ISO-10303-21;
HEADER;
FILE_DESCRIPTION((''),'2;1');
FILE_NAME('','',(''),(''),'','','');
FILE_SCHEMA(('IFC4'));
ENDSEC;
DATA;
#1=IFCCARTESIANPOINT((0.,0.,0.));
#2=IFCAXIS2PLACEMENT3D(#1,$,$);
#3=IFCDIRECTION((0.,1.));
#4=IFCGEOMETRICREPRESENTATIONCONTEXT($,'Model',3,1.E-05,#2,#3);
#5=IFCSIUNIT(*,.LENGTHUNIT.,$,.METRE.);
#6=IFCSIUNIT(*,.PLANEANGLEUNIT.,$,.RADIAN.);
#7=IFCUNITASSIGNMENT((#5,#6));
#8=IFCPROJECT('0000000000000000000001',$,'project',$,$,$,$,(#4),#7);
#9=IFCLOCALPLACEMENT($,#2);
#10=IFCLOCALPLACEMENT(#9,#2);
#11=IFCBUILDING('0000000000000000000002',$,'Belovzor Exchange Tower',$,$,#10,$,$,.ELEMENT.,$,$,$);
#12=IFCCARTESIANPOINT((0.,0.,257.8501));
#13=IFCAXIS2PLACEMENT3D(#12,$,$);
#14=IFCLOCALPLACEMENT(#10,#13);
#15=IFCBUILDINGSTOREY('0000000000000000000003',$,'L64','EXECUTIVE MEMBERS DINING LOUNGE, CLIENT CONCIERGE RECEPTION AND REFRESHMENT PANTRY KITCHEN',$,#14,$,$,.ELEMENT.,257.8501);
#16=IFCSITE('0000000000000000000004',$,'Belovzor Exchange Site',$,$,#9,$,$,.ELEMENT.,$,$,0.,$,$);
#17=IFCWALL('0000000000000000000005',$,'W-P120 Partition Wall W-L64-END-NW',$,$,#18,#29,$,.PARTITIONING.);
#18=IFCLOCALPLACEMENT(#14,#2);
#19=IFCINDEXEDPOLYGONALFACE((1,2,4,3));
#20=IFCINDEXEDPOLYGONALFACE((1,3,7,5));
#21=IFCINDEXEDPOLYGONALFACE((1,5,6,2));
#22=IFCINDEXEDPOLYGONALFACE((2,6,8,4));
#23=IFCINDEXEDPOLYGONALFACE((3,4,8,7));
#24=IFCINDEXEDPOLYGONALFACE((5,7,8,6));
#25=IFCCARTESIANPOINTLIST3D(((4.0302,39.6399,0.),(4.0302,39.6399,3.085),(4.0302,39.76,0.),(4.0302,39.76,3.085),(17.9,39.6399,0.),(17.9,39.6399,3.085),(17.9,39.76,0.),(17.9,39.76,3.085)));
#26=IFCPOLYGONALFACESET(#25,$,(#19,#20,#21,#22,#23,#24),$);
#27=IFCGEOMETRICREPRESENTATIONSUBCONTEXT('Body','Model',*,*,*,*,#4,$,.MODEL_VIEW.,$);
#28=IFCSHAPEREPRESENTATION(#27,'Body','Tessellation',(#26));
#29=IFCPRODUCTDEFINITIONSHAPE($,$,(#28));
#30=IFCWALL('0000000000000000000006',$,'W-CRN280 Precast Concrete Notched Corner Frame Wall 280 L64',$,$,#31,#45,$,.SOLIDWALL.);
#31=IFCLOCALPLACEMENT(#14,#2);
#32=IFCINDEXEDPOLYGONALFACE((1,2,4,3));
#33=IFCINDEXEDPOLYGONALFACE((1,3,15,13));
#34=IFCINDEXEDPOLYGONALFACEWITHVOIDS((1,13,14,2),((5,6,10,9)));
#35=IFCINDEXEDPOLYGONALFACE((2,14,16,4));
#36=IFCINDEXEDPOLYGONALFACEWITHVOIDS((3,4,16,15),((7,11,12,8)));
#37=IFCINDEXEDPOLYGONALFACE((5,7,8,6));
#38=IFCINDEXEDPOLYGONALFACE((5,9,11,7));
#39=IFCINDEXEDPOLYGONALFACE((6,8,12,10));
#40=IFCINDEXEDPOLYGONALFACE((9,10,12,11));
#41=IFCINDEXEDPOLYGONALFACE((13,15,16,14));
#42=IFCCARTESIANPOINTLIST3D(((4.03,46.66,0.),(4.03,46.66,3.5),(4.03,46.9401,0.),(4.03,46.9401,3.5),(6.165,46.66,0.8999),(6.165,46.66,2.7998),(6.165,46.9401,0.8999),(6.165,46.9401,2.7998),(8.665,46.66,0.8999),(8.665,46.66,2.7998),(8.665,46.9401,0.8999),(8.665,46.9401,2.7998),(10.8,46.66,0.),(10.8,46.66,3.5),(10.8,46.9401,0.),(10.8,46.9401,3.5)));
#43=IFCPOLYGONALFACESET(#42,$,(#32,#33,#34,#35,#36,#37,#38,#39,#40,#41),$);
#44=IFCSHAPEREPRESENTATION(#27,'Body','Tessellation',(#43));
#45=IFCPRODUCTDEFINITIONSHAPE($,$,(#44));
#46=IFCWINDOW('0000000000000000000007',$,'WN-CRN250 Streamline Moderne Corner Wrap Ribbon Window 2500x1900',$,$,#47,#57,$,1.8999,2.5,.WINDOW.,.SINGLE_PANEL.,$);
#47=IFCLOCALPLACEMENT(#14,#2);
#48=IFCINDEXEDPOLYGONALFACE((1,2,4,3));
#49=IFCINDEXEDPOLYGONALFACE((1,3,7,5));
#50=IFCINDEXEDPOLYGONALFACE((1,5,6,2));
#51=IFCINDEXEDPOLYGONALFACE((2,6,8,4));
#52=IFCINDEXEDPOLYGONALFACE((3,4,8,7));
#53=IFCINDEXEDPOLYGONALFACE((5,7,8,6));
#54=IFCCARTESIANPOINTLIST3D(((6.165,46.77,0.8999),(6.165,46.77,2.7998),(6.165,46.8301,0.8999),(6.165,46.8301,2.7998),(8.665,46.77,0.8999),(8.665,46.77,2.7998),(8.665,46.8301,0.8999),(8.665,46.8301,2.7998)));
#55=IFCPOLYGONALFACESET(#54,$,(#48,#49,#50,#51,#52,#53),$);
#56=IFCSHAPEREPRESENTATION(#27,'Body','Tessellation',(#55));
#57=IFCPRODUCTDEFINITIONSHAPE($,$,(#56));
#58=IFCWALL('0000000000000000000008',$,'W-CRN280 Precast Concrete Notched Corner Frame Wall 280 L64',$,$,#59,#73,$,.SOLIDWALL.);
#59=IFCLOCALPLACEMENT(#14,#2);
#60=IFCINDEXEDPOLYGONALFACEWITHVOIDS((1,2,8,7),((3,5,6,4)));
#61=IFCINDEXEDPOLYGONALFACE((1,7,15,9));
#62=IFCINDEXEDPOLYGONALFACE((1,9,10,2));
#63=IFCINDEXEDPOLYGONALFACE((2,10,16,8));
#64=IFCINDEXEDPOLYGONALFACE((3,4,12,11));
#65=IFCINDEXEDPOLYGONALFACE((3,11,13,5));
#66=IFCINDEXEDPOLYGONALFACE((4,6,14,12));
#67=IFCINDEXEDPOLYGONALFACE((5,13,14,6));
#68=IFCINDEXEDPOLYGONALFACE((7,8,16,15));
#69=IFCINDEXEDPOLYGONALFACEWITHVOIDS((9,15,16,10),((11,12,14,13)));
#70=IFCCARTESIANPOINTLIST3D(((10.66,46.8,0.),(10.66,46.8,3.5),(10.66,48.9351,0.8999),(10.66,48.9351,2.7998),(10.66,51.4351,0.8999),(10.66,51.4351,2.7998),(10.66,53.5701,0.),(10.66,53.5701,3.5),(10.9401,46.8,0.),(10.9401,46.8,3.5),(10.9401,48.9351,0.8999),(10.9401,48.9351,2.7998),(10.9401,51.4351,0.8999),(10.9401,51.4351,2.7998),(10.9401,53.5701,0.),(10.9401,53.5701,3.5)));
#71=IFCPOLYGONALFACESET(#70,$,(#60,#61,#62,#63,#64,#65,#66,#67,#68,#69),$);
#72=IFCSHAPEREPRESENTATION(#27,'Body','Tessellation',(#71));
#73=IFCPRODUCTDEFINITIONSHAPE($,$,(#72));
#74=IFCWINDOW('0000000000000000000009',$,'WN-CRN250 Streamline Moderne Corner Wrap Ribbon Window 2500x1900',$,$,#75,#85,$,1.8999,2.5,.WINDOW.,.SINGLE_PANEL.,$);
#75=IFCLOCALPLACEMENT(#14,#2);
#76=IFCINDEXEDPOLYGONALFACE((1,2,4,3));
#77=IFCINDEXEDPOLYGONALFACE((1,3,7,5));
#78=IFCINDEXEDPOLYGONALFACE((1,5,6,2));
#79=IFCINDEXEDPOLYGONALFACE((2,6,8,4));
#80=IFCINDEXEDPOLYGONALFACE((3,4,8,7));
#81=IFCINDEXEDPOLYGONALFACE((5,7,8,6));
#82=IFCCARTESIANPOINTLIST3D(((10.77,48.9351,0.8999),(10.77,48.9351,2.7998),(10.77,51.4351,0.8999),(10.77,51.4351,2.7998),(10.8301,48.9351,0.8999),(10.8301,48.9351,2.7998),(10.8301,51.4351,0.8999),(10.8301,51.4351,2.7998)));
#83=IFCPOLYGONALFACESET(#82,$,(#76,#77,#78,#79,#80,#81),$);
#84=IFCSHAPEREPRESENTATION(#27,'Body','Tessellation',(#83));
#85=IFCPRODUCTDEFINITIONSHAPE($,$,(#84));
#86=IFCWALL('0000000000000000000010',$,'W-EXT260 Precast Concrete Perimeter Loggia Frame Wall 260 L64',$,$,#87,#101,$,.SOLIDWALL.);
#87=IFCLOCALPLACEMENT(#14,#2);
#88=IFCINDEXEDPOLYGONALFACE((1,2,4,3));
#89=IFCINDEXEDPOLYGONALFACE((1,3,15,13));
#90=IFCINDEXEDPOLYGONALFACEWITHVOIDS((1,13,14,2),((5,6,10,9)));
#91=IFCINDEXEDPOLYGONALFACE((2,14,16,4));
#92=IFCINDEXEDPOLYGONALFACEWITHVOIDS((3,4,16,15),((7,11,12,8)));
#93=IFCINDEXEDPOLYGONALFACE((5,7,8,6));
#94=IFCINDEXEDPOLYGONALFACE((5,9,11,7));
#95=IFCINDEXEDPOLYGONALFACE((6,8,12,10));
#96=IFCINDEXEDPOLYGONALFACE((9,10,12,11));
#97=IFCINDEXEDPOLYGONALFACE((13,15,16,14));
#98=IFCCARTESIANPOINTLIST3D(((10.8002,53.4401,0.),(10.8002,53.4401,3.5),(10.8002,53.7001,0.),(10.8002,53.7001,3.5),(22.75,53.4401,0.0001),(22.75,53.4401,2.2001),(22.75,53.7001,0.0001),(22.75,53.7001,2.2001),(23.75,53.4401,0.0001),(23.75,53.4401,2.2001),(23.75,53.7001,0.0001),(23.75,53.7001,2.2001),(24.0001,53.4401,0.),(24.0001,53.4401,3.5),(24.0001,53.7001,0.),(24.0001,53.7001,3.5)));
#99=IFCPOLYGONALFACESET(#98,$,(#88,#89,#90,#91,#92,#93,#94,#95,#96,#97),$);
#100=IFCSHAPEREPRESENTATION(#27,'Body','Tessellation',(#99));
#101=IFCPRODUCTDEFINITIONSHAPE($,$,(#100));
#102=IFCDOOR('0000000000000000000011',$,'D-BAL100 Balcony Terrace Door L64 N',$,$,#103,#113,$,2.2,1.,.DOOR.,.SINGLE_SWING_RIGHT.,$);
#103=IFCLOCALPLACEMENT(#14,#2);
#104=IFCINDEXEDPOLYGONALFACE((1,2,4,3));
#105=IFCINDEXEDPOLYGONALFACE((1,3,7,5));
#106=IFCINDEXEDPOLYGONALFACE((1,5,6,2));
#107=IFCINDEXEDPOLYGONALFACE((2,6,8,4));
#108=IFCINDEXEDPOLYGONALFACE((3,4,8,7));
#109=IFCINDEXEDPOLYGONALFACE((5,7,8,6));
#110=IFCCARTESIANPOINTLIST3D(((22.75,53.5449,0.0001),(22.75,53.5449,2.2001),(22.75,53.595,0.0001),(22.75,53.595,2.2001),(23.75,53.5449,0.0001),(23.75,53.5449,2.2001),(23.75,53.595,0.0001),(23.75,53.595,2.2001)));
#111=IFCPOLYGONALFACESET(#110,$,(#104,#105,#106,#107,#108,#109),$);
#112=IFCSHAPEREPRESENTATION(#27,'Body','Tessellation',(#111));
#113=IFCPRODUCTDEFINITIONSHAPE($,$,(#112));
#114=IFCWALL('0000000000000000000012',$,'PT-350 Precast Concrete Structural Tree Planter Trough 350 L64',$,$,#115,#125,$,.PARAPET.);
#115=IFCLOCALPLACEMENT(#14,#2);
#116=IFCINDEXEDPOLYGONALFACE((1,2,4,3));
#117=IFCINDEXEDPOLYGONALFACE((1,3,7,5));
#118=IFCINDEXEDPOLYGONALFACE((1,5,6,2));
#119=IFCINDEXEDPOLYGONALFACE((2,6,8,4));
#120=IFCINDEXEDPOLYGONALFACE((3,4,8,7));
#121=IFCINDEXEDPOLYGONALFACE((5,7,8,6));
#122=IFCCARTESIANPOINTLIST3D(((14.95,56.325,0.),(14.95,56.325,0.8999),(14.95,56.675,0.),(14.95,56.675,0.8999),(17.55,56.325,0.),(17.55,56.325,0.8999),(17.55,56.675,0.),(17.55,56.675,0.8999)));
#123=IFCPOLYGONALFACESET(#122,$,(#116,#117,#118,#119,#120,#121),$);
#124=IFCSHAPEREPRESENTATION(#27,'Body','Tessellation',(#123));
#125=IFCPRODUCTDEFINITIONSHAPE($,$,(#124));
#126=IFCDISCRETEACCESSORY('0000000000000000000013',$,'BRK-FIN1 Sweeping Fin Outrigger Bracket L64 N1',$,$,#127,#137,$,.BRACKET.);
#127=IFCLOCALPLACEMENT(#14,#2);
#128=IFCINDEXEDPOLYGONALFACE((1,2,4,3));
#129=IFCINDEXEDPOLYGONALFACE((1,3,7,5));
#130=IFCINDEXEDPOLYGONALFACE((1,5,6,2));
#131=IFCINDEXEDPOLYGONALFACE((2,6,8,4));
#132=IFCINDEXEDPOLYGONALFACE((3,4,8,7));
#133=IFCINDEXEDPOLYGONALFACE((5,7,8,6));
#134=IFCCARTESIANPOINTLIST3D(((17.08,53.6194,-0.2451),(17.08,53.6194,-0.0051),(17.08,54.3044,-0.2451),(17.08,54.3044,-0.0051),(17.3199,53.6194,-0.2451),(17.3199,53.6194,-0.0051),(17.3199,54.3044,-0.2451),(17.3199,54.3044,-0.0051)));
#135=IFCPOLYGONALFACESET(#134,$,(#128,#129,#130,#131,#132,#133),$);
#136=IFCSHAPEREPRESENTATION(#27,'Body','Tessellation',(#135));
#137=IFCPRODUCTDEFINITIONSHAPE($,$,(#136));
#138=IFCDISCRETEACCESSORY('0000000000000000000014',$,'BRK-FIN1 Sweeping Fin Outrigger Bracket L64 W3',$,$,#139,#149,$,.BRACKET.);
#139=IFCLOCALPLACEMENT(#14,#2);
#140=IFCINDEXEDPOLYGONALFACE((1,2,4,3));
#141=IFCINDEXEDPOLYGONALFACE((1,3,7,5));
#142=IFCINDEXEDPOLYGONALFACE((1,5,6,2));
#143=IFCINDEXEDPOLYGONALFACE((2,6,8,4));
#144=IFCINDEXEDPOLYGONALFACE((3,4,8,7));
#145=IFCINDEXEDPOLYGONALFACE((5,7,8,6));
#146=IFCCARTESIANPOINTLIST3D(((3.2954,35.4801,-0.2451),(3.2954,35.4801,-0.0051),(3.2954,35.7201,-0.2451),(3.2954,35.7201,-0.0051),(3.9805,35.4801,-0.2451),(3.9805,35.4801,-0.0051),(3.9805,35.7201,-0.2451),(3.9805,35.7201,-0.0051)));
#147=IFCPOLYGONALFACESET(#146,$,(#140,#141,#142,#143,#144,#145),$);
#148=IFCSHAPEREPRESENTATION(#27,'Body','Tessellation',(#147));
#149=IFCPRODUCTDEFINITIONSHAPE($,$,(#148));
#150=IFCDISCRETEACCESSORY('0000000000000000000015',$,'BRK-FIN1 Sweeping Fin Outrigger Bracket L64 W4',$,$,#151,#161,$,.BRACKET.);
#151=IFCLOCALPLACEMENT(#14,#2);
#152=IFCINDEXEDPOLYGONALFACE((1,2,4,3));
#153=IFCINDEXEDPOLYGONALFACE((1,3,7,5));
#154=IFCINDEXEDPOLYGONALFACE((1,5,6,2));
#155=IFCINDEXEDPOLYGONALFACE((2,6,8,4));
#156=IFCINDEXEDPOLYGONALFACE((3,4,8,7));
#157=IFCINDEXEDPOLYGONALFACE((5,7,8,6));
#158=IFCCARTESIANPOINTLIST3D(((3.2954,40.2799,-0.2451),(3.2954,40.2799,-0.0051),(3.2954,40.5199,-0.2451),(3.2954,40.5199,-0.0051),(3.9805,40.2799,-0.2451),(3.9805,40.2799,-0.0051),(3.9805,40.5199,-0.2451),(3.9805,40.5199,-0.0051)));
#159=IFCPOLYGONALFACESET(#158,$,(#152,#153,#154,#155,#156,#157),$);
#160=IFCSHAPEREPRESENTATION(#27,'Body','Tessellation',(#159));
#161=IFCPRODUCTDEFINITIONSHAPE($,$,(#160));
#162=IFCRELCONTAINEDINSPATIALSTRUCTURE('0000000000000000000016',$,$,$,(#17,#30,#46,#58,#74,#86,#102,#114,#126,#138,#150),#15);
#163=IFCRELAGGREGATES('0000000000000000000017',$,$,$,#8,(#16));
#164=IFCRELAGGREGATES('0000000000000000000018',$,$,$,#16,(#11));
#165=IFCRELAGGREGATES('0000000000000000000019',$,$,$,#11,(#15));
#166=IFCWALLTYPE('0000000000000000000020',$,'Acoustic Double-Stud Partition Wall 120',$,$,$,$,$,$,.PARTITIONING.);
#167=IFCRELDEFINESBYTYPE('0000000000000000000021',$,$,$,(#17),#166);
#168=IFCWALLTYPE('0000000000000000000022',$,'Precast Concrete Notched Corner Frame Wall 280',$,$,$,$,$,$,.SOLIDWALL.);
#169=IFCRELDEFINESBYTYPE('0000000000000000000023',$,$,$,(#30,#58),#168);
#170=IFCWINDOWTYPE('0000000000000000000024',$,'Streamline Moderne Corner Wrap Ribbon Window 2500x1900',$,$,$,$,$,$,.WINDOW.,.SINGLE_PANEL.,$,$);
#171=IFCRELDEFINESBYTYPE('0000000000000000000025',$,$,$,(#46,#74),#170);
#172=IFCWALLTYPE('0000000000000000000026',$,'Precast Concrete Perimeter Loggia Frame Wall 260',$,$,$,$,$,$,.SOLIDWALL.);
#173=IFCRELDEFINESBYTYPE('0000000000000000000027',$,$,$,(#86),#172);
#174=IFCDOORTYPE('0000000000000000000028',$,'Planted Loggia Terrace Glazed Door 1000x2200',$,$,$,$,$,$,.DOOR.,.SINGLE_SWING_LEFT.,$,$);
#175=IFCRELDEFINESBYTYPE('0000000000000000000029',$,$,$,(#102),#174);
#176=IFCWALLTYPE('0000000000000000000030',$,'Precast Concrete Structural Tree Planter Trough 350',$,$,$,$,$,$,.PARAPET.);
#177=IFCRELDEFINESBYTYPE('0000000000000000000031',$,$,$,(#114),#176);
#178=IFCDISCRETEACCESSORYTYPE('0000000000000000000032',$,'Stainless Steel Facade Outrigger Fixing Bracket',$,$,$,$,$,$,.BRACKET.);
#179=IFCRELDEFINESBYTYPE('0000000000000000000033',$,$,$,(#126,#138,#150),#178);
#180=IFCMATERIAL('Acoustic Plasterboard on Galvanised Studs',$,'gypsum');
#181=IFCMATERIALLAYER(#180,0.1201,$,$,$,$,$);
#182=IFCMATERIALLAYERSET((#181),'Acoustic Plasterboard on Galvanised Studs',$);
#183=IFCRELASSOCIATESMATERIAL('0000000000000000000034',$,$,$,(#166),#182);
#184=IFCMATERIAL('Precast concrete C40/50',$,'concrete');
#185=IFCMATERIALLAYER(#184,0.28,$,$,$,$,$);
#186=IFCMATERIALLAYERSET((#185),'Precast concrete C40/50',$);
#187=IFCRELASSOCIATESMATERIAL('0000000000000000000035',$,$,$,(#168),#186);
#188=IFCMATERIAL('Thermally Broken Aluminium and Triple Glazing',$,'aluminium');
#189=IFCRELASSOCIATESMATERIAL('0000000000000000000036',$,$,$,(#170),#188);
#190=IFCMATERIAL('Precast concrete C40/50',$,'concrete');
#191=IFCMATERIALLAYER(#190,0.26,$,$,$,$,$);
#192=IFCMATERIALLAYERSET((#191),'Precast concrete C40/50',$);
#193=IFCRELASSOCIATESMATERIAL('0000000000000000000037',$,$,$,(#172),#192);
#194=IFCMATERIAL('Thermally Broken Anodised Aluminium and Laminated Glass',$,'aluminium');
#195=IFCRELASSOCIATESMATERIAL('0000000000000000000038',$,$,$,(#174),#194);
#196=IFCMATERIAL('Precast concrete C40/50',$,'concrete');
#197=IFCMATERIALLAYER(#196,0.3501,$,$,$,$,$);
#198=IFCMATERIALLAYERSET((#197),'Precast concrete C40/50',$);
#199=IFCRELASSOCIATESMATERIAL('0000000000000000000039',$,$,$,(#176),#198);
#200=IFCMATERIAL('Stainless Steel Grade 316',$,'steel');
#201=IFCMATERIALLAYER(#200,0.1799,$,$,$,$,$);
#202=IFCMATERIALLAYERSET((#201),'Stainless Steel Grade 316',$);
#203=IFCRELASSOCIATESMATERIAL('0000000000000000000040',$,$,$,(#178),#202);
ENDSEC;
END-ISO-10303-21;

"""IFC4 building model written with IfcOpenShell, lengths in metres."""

from ifc_helpers import new_model, si_unit, direction, frame, frame_2d, origin, origin_2d, place, context, subcontext, project, spatial, rectangle, extrude, material, layer, layer_set, type_object, element, fill, save


model = new_model("IFC4")

# Units and contexts
model_context = context("Model", 3, precision=1e-05, world=origin(), true_north=direction((0.0, 1.0)))
body_context = subcontext(model_context, "Body", "Model", "MODEL_VIEW")
ifc_project = project(units=[si_unit("LENGTHUNIT", "METRE"), si_unit("PLANEANGLEUNIT", "RADIAN")], contexts=[model_context])

# Site, building, storey
site_placement = place(None, origin())
site = spatial("IfcSite", under=ifc_project, at=site_placement, Name="Belovzor Exchange Site", CompositionType="ELEMENT", RefElevation=0.0)
building_placement = place(site_placement, origin())
building = spatial("IfcBuilding", under=site, at=building_placement, Name="Belovzor Exchange Tower", CompositionType="ELEMENT")
storey_placement = place(building_placement, frame((0.0, 0.0, 257.8501)))
storey = spatial("IfcBuildingStorey", under=building, at=storey_placement, Name="L64", Description="EXECUTIVE MEMBERS DINING LOUNGE, CLIENT CONCIERGE RECEPTION AND REFRESHMENT PANTRY KITCHEN", CompositionType="ELEMENT", Elevation=257.8501)

# Wall
ifc_material_1 = material(Name="Acoustic Plasterboard on Galvanised Studs", Category="gypsum")
ifc_layer_1 = layer(ifc_material_1, 0.1201)
ifc_layer_set_1 = layer_set([ifc_layer_1], Name="Acoustic Plasterboard on Galvanised Studs")
wall_type_1 = type_object("IfcWallType", Name="Acoustic Double-Stud Partition Wall 120", PredefinedType="PARTITIONING", material=ifc_layer_set_1)
wall_1_placement = place(storey_placement, frame((4.03, 39.7, 0.0), z_axis=(0.0, 0.0, 1.0), x_axis=(1.0, 0.0, 0.0)))
element("IfcWall", 1, at=wall_1_placement, inside=storey, type_object=wall_type_1, Name="W-P120 Partition Wall W-L64-END-NW", PredefinedType="PARTITIONING", context=body_context, shape_type="SweptSolid", body=[
    extrude(rectangle(XDim=13.8699, YDim=0.1201, at=frame_2d((6.9351, 0.0))), origin(), (0.0, 0.0, 1.0), 3.085),
])

# Walls, openings, windows
ifc_material_2 = material(Name="Precast concrete C40/50", Category="concrete")
ifc_layer_2 = layer(ifc_material_2, 0.28)
ifc_layer_set_2 = layer_set([ifc_layer_2], Name="Precast concrete C40/50")
wall_type_2 = type_object("IfcWallType", Name="Precast Concrete Notched Corner Frame Wall 280", PredefinedType="SOLIDWALL", material=ifc_layer_set_2)
wall_2_placement = place(storey_placement, frame((4.03, 46.8, 0.0), z_axis=(0.0, 0.0, 1.0), x_axis=(1.0, 0.0, 0.0)))
wall_2 = element("IfcWall", 2, at=wall_2_placement, inside=storey, type_object=wall_type_2, Name="W-CRN280 Precast Concrete Notched Corner Frame Wall 280 L64", PredefinedType="SOLIDWALL", context=body_context, shape_type="SweptSolid", body=[
    extrude(rectangle(XDim=6.77, YDim=0.28, at=frame_2d((3.385, 0.0))), origin(), (0.0, 0.0, 1.0), 3.5),
])
opening_1_placement = place(wall_2_placement, frame((2.135, 0.0, 0.8999)))
opening_1 = element("IfcOpeningElement", 3, at=opening_1_placement, cuts=wall_2, PredefinedType="OPENING", context=body_context, shape_type="SweptSolid", body=[
    extrude(rectangle(XDim=2.5, YDim=1.8999, at=frame_2d((1.25, 0.95))), frame((0.0, 0.1499, 0.0), z_axis=(0.0, -1.0, 0.0), x_axis=(1.0, 0.0, 0.0)), (0.0, 0.0, 1.0), 0.3),
])
ifc_material_3 = material(Name="Thermally Broken Aluminium and Triple Glazing", Category="aluminium")
window_type = type_object("IfcWindowType", Name="Streamline Moderne Corner Wrap Ribbon Window 2500x1900", PartitioningType="SINGLE_PANEL", PredefinedType="WINDOW", material=ifc_material_3)
window_1_placement = place(opening_1_placement, origin())
window_1 = element("IfcWindow", 4, at=window_1_placement, inside=storey, type_object=window_type, Name="WN-CRN250 Streamline Moderne Corner Wrap Ribbon Window 2500x1900", OverallHeight=1.8999, OverallWidth=2.5, PartitioningType="SINGLE_PANEL", PredefinedType="WINDOW", context=body_context, shape_type="SweptSolid", body=[
    extrude(rectangle(XDim=2.5, YDim=1.8999, at=frame_2d((1.25, 0.95))), frame((0.0, 0.03, 0.0), z_axis=(0.0, -1.0, 0.0), x_axis=(1.0, 0.0, 0.0)), (0.0, 0.0, 1.0), 0.0601),
])
fill(opening_1, window_1)
wall_3_placement = place(storey_placement, frame((10.8, 46.8, 0.0), z_axis=(0.0, 0.0, 1.0), x_axis=(0.0, 1.0, 0.0)))
wall_3 = element("IfcWall", 5, at=wall_3_placement, inside=storey, type_object=wall_type_2, Name="W-CRN280 Precast Concrete Notched Corner Frame Wall 280 L64", PredefinedType="SOLIDWALL", context=body_context, shape_type="SweptSolid", body=[
    extrude(rectangle(XDim=6.77, YDim=0.28, at=frame_2d((3.385, 0.0))), origin(), (0.0, 0.0, 1.0), 3.5),
])
opening_2_placement = place(wall_3_placement, frame((2.135, 0.0, 0.8999)))
opening_2 = element("IfcOpeningElement", 6, at=opening_2_placement, cuts=wall_3, PredefinedType="OPENING", context=body_context, shape_type="SweptSolid", body=[
    extrude(rectangle(XDim=2.5, YDim=1.8999, at=frame_2d((1.25, 0.95))), frame((0.0, 0.1499, 0.0), z_axis=(0.0, -1.0, 0.0), x_axis=(1.0, 0.0, 0.0)), (0.0, 0.0, 1.0), 0.3),
])
window_2_placement = place(opening_2_placement, origin())
window_2 = element("IfcWindow", 7, at=window_2_placement, inside=storey, type_object=window_type, Name="WN-CRN250 Streamline Moderne Corner Wrap Ribbon Window 2500x1900", OverallHeight=1.8999, OverallWidth=2.5, PartitioningType="SINGLE_PANEL", PredefinedType="WINDOW", context=body_context, shape_type="SweptSolid", body=[
    extrude(rectangle(XDim=2.5, YDim=1.8999, at=frame_2d((1.25, 0.95))), frame((0.0, 0.03, 0.0), z_axis=(0.0, -1.0, 0.0), x_axis=(1.0, 0.0, 0.0)), (0.0, 0.0, 1.0), 0.0601),
])
fill(opening_2, window_2)

# Wall, opening, door
ifc_material_4 = material(Name="Precast concrete C40/50", Category="concrete")
ifc_layer_3 = layer(ifc_material_4, 0.26)
ifc_layer_set_3 = layer_set([ifc_layer_3], Name="Precast concrete C40/50")
wall_type_3 = type_object("IfcWallType", Name="Precast Concrete Perimeter Loggia Frame Wall 260", PredefinedType="SOLIDWALL", material=ifc_layer_set_3)
wall_4_placement = place(storey_placement, frame((10.8, 53.5701, 0.0), z_axis=(0.0, 0.0, 1.0), x_axis=(1.0, 0.0, 0.0)))
wall_4 = element("IfcWall", 8, at=wall_4_placement, inside=storey, type_object=wall_type_3, Name="W-EXT260 Precast Concrete Perimeter Loggia Frame Wall 260 L64", PredefinedType="SOLIDWALL", context=body_context, shape_type="SweptSolid", body=[
    extrude(rectangle(XDim=13.2, YDim=0.26, at=frame_2d((6.6001, 0.0))), origin(), (0.0, 0.0, 1.0), 3.5),
])
opening_3_placement = place(wall_4_placement, frame((11.95, 0.0, 0.0)))
opening_3 = element("IfcOpeningElement", 9, at=opening_3_placement, cuts=wall_4, PredefinedType="OPENING", context=body_context, shape_type="SweptSolid", body=[
    extrude(rectangle(XDim=1.0, YDim=2.2, at=frame_2d((0.5, 1.1001))), frame((0.0, 0.1399, 0.0), z_axis=(0.0, -1.0, 0.0), x_axis=(1.0, 0.0, 0.0)), (0.0, 0.0, 1.0), 0.28),
])
ifc_material_5 = material(Name="Thermally Broken Anodised Aluminium and Laminated Glass", Category="aluminium")
door_type = type_object("IfcDoorType", Name="Planted Loggia Terrace Glazed Door 1000x2200", OperationType="SINGLE_SWING_LEFT", PredefinedType="DOOR", material=ifc_material_5)
door_placement = place(opening_3_placement, origin())
door = element("IfcDoor", 10, at=door_placement, inside=storey, type_object=door_type, Name="D-BAL100 Balcony Terrace Door L64 N", OperationType="SINGLE_SWING_RIGHT", OverallHeight=2.2, OverallWidth=1.0, PredefinedType="DOOR", context=body_context, shape_type="SweptSolid", body=[
    extrude(rectangle(XDim=1.0, YDim=2.2, at=frame_2d((0.5, 1.1001))), frame((0.0, 0.0249, 0.0), z_axis=(0.0, -1.0, 0.0), x_axis=(1.0, 0.0, 0.0)), (0.0, 0.0, 1.0), 0.05),
])
fill(opening_3, door)

# Wall
ifc_material_6 = material(Name="Precast concrete C40/50", Category="concrete")
ifc_layer_4 = layer(ifc_material_6, 0.3501)
ifc_layer_set_4 = layer_set([ifc_layer_4], Name="Precast concrete C40/50")
wall_type_4 = type_object("IfcWallType", Name="Precast Concrete Structural Tree Planter Trough 350", PredefinedType="PARAPET", material=ifc_layer_set_4)
wall_5_placement = place(storey_placement, frame((14.95, 56.5, 0.0), z_axis=(0.0, 0.0, 1.0), x_axis=(1.0, 0.0, 0.0)))
element("IfcWall", 11, at=wall_5_placement, inside=storey, type_object=wall_type_4, Name="PT-350 Precast Concrete Structural Tree Planter Trough 350 L64", PredefinedType="PARAPET", context=body_context, shape_type="SweptSolid", body=[
    extrude(rectangle(XDim=2.6001, YDim=0.3501, at=frame_2d((1.3, 0.0))), origin(), (0.0, 0.0, 1.0), 0.8999),
])

# Discrete accessories
ifc_material_7 = material(Name="Stainless Steel Grade 316", Category="steel")
ifc_layer_5 = layer(ifc_material_7, 0.1799)
ifc_layer_set_5 = layer_set([ifc_layer_5], Name="Stainless Steel Grade 316")
discrete_accessory_type = type_object("IfcDiscreteAccessoryType", Name="Stainless Steel Facade Outrigger Fixing Bracket", PredefinedType="BRACKET", material=ifc_layer_set_5)
for number, where, z_axis, x_axis, name in (
    (12, (17.2, 53.9619, -0.2451), (0.0, 0.0, 1.0), (0.0, 1.0, 0.0), "BRK-FIN1 Sweeping Fin Outrigger Bracket L64 N1"),
    (13, (3.6379, 35.6001, -0.2451), (0.0, 0.0, 1.0), (1.0, 0.0, 0.0), "BRK-FIN1 Sweeping Fin Outrigger Bracket L64 W3"),
    (14, (3.6379, 40.3999, -0.2451), (0.0, 0.0, 1.0), (1.0, 0.0, 0.0), "BRK-FIN1 Sweeping Fin Outrigger Bracket L64 W4"),
):
    element("IfcDiscreteAccessory", number, at=place(storey_placement, frame(where, z_axis=z_axis, x_axis=x_axis)), inside=storey, type_object=discrete_accessory_type, Name=name, PredefinedType="BRACKET", context=body_context, shape_type="SweptSolid", body=[
        extrude(rectangle(XDim=0.6851, YDim=0.24, at=origin_2d()), origin(), (0.0, 0.0, 1.0), 0.24),
    ])

save(model, "model.ifc")
